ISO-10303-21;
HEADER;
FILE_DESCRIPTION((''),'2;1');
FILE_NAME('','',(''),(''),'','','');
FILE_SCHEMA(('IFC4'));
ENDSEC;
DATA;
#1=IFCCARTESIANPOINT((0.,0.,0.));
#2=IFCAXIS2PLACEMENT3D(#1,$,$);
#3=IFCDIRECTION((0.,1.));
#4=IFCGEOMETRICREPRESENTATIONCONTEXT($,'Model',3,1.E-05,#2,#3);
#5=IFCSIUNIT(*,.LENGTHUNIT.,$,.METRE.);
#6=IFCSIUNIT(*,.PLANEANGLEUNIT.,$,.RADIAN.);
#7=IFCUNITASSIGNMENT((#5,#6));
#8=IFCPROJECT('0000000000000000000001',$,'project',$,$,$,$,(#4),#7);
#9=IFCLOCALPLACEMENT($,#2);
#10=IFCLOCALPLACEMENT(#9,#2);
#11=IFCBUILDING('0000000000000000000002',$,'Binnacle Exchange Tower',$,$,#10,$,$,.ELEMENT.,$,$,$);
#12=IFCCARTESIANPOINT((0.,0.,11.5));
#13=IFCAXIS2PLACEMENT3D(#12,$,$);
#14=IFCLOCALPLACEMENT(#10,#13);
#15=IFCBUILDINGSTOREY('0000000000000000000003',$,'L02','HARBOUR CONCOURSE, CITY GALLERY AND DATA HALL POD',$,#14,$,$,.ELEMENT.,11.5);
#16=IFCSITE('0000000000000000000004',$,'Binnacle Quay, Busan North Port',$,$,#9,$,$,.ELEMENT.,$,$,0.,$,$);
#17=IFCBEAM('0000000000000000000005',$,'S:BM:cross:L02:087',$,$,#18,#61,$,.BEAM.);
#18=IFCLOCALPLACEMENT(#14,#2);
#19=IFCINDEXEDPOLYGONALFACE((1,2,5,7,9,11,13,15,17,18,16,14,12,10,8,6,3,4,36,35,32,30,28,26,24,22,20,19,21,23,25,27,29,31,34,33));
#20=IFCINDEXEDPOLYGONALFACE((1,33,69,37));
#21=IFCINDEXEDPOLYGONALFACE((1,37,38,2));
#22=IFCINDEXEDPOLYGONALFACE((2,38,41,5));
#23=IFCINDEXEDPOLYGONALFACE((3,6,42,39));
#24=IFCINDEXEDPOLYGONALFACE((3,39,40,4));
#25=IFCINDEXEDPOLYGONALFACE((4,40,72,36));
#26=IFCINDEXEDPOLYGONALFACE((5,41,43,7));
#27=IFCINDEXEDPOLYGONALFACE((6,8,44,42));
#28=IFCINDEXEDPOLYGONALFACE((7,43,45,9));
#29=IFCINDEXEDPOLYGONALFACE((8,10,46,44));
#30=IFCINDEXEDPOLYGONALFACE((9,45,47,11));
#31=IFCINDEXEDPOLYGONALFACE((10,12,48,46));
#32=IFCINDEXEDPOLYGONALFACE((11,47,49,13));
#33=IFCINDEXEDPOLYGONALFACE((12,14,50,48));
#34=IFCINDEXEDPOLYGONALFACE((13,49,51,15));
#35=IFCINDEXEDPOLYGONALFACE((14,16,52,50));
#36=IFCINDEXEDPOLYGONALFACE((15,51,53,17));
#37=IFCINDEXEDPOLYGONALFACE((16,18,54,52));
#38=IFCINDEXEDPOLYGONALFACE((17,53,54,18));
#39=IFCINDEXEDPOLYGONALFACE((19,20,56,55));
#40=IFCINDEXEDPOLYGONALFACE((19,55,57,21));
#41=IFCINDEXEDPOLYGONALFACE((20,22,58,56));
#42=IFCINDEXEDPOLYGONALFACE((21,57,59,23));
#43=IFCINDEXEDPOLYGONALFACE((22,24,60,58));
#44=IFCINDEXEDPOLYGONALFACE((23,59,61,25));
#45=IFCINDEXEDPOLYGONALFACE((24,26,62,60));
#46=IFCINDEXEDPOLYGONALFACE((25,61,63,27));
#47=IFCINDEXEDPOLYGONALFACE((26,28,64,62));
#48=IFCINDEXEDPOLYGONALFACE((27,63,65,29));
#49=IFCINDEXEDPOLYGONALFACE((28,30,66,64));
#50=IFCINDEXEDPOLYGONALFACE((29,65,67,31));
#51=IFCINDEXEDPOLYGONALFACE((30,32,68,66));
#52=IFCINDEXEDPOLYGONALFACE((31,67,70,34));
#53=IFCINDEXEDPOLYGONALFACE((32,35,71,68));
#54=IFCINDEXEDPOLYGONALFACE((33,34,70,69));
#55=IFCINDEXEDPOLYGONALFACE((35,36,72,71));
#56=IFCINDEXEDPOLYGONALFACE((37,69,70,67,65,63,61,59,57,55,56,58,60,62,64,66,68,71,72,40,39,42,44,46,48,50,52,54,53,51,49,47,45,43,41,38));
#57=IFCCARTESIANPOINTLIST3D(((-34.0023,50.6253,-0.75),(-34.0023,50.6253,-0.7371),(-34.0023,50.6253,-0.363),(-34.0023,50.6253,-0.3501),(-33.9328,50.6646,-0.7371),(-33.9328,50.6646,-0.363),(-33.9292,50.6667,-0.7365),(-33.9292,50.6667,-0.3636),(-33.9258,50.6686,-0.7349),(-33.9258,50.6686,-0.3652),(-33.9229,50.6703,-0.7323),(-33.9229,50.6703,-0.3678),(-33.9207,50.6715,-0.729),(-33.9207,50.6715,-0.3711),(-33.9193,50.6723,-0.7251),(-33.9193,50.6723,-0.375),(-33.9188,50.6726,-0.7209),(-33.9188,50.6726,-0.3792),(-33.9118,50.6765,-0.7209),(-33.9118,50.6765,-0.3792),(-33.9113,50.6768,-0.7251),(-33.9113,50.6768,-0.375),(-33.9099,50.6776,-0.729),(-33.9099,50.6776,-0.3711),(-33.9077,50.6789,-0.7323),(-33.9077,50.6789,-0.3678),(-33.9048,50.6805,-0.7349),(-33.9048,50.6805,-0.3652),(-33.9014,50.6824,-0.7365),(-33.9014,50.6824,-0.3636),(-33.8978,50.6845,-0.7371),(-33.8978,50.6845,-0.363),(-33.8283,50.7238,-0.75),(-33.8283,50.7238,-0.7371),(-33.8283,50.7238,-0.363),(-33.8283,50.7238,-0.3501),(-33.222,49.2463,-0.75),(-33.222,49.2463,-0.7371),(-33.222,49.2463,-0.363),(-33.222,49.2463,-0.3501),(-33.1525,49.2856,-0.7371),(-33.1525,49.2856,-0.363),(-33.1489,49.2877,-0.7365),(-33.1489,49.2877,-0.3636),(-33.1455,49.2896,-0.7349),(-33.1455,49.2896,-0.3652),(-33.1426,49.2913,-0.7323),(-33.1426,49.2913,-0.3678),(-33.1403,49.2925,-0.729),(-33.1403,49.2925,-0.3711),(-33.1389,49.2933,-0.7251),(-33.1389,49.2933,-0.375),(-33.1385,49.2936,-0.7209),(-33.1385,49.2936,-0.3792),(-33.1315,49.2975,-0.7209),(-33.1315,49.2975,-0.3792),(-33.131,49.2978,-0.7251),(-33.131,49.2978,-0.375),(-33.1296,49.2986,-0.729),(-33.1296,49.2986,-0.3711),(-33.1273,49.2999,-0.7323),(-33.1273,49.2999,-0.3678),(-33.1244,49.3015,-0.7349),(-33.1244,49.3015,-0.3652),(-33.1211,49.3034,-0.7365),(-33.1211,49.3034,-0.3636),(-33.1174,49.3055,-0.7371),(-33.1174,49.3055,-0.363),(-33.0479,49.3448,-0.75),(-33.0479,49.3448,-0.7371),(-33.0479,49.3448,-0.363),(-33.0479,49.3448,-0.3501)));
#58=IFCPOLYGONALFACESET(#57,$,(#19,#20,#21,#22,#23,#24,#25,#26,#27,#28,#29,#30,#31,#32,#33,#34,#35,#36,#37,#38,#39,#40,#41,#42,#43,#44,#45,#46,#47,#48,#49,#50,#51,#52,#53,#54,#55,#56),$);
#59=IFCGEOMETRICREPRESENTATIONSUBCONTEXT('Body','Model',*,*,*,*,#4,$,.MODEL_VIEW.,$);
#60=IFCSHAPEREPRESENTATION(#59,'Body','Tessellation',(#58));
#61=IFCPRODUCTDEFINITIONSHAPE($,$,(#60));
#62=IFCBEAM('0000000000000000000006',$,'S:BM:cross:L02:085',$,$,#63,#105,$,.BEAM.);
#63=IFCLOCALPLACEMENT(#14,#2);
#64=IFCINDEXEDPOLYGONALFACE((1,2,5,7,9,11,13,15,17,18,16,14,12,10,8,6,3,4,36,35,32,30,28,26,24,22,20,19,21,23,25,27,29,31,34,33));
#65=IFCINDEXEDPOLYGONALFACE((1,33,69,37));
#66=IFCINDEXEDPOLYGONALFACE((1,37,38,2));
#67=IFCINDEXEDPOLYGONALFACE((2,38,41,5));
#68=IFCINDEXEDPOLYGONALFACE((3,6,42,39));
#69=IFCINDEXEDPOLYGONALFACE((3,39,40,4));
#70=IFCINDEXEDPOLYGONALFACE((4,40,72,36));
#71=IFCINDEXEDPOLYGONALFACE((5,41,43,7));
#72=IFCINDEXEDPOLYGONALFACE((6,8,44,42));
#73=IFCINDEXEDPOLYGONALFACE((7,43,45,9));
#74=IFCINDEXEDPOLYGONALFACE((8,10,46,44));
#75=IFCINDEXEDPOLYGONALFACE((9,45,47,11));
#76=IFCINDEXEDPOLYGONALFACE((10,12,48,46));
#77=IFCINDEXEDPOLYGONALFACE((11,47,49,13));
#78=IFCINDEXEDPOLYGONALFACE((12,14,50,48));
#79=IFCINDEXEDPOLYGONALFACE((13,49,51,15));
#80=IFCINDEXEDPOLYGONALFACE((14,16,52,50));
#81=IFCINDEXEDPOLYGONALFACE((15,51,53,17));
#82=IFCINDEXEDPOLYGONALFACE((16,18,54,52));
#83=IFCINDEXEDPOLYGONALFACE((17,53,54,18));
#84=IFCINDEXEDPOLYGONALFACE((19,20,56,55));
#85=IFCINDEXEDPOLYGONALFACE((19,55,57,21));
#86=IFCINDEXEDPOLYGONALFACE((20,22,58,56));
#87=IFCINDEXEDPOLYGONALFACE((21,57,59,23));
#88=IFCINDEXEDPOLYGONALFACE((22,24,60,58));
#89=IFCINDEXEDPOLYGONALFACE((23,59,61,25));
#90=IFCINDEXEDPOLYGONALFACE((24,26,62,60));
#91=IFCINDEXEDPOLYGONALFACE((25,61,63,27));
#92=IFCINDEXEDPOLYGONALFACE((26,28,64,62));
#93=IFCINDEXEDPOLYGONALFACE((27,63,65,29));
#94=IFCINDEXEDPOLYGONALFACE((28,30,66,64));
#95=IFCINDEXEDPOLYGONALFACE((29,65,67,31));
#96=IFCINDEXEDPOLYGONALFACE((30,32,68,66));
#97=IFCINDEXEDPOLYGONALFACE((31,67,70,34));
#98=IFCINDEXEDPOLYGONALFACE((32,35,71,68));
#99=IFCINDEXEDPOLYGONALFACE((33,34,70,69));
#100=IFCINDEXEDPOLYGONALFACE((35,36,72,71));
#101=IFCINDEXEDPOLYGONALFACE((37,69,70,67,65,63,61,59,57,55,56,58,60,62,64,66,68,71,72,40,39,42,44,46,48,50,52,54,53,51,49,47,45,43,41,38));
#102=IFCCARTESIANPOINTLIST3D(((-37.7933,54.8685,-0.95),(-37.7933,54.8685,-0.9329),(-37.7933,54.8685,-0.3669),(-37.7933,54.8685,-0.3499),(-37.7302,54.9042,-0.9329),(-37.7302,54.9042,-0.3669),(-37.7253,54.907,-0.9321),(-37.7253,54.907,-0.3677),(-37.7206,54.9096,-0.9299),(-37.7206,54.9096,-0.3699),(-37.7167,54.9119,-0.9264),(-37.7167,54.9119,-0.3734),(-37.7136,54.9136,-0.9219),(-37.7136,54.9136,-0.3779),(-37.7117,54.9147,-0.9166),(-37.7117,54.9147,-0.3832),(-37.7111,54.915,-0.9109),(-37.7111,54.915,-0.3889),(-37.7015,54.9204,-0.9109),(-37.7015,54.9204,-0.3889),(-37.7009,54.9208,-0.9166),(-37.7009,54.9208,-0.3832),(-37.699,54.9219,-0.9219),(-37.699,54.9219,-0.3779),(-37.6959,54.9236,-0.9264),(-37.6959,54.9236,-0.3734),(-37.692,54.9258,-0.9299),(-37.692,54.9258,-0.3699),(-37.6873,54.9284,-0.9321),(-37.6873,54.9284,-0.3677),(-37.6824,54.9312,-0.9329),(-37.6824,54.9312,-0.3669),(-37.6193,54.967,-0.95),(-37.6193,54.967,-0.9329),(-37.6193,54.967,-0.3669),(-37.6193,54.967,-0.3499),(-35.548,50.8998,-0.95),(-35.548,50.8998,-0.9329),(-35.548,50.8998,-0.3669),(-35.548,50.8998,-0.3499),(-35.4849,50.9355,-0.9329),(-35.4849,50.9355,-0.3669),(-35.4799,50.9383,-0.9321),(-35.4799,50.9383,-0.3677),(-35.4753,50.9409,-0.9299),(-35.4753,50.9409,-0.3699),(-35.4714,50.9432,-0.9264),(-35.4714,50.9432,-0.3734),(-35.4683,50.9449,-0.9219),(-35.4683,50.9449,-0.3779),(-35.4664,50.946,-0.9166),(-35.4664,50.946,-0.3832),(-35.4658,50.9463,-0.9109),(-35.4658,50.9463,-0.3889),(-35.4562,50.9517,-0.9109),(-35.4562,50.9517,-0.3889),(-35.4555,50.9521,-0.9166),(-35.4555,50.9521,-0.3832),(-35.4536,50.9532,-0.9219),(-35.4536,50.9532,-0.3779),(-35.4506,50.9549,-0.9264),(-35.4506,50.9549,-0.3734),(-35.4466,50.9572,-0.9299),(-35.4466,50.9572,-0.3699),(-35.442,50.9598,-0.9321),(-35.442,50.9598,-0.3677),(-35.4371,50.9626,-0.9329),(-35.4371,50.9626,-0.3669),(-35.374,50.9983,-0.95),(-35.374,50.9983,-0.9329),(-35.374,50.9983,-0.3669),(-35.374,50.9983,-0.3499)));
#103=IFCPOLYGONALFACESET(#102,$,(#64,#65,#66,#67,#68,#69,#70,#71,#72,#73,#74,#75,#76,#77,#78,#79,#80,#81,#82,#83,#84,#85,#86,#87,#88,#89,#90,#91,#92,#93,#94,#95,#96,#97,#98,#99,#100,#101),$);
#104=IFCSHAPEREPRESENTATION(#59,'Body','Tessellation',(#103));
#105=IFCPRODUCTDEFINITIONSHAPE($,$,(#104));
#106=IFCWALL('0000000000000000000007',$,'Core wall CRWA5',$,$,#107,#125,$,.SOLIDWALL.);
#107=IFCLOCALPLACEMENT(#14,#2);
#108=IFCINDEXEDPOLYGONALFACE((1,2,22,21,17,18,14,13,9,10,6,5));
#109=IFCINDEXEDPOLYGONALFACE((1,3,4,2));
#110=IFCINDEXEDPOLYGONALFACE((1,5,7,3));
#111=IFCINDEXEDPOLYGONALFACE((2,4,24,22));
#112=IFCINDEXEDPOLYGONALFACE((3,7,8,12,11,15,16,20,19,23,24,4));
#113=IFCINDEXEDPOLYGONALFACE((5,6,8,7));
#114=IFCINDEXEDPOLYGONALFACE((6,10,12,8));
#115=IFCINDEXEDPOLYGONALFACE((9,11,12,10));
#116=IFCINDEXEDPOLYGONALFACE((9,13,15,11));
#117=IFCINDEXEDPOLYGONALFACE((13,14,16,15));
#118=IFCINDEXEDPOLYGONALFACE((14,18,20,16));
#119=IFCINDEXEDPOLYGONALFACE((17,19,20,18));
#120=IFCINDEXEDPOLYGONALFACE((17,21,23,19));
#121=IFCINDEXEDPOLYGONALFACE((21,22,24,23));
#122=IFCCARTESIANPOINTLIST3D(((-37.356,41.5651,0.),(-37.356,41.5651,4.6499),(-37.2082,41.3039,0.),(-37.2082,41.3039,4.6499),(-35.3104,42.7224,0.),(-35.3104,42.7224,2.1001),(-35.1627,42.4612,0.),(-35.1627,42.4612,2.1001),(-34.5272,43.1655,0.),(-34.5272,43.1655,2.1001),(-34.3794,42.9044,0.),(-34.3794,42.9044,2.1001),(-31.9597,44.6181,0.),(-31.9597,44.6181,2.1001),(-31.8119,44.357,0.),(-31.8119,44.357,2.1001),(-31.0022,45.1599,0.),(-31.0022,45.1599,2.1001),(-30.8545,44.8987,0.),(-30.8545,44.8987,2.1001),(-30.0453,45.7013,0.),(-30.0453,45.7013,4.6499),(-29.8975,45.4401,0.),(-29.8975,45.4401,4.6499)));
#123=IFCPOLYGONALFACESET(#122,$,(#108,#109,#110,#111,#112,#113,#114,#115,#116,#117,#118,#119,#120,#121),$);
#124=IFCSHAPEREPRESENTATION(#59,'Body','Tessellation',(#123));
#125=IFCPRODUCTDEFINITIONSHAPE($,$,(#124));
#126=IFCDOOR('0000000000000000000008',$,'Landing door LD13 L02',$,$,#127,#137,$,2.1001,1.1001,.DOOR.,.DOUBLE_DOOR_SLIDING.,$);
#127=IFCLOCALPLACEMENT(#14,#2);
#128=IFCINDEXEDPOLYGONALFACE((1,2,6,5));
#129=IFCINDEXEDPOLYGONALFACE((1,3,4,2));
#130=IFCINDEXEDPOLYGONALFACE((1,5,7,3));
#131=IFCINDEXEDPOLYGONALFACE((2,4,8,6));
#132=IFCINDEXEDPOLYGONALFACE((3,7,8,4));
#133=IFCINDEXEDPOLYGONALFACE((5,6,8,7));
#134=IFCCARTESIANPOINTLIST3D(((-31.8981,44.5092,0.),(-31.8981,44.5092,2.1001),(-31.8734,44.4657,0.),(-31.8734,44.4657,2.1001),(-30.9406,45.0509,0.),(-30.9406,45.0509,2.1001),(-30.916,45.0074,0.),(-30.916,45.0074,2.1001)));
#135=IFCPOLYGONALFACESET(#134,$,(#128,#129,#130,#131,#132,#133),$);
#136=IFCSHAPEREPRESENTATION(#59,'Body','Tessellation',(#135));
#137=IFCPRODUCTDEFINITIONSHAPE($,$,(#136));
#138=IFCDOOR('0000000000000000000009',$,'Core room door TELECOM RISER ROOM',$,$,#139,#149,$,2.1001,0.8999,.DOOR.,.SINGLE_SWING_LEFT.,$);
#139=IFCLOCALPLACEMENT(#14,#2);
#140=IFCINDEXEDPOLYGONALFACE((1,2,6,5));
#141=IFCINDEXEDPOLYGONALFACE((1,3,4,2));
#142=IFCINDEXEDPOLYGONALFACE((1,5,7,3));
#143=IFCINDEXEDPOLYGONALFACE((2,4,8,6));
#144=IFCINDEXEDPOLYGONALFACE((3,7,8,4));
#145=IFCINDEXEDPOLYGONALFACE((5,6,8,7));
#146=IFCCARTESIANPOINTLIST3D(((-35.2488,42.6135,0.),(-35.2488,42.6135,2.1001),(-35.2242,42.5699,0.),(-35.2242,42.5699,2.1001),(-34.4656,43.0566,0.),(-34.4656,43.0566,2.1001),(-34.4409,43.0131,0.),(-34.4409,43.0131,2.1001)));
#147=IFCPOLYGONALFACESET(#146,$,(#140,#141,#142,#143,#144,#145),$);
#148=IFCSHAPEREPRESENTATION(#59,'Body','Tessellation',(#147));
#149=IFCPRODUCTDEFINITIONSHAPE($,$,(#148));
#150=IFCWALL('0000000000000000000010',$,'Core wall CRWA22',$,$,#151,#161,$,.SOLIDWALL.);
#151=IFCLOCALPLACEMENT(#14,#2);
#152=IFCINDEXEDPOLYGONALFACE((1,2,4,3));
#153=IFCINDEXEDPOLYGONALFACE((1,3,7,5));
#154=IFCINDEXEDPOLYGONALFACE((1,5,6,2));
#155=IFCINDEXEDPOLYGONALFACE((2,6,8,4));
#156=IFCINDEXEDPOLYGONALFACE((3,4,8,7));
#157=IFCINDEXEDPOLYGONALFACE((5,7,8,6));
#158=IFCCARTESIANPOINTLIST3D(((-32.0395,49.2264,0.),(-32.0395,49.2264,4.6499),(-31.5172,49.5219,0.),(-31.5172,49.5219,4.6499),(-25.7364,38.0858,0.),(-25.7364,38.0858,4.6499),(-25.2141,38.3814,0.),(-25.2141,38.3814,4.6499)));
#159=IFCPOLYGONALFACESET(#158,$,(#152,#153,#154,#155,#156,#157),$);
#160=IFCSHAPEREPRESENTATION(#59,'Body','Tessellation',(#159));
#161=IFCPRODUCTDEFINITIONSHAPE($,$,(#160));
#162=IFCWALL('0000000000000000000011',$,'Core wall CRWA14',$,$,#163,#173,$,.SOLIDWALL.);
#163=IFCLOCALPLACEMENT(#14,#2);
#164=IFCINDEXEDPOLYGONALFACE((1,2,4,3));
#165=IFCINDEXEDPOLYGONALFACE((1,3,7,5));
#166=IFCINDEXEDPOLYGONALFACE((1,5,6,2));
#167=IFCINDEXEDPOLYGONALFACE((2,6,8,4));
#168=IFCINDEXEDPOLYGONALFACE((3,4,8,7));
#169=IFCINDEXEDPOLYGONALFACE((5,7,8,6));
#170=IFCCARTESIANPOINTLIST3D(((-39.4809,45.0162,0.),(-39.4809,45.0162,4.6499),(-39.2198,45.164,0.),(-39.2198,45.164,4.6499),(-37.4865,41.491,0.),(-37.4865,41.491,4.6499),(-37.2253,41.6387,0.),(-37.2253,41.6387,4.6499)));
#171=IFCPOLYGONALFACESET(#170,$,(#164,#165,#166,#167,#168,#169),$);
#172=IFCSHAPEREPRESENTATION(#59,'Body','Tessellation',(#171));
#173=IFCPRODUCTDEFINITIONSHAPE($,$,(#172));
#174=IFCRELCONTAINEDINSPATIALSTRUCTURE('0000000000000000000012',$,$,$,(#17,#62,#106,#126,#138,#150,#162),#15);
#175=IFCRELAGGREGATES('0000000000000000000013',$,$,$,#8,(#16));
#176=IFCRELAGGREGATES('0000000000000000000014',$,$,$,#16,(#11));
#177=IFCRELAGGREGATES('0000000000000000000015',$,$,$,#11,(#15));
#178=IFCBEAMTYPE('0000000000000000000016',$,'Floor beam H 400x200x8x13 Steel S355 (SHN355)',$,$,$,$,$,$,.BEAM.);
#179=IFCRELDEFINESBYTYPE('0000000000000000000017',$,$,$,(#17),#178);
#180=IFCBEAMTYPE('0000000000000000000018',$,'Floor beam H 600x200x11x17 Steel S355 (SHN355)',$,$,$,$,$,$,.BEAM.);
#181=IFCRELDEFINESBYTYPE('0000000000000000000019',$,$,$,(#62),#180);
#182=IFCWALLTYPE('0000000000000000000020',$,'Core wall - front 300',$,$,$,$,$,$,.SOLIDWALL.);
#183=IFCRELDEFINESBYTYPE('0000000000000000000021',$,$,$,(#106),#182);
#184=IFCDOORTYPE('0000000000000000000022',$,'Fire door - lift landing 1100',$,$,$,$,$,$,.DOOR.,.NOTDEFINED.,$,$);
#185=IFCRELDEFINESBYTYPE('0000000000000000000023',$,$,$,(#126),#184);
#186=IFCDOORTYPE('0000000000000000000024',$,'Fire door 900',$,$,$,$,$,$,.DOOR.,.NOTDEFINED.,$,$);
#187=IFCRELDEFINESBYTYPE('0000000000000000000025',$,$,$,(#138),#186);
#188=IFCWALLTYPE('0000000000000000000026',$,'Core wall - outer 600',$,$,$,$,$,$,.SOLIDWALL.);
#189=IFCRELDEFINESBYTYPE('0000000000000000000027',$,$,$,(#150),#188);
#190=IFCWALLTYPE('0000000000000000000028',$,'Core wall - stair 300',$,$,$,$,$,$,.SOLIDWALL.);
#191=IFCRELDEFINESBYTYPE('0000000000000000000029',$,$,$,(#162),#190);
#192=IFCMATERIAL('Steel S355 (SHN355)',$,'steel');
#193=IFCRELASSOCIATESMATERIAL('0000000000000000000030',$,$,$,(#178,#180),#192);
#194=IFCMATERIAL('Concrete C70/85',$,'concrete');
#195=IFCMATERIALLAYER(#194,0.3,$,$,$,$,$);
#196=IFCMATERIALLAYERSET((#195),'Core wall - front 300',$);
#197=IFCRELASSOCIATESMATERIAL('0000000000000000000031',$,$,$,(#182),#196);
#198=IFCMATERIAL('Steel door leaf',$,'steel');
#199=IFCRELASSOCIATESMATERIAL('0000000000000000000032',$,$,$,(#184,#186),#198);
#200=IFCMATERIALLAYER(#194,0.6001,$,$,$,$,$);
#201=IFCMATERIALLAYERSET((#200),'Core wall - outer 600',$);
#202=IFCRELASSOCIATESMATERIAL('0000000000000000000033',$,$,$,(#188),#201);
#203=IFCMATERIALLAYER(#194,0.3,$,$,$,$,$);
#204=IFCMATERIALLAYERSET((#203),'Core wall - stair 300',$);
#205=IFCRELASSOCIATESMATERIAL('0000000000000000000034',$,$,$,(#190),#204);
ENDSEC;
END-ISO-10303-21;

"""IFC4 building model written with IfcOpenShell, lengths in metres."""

from ifc_helpers import new_model, si_unit, direction, frame, frame_2d, origin, origin_2d, place, context, subcontext, project, spatial, rectangle, i_section, extrude, material, layer, layer_set, material_profile, profile_set, type_object, element, fill, save


model = new_model("IFC4")

# Units and contexts
model_context = context("Model", 3, precision=1e-05, world=origin(), true_north=direction((0.0, 1.0)))
body_context = subcontext(model_context, "Body", "Model", "MODEL_VIEW")
ifc_project = project(units=[si_unit("LENGTHUNIT", "METRE"), si_unit("PLANEANGLEUNIT", "RADIAN")], contexts=[model_context])

# Site, building, storey
site_placement = place(None, origin())
site = spatial("IfcSite", under=ifc_project, at=site_placement, Name="Binnacle Quay, Busan North Port", CompositionType="ELEMENT", RefElevation=0.0)
building_placement = place(site_placement, origin())
building = spatial("IfcBuilding", under=site, at=building_placement, Name="Binnacle Exchange Tower", CompositionType="ELEMENT")
storey_placement = place(building_placement, frame((0.0, 0.0, 11.5)))
storey = spatial("IfcBuildingStorey", under=building, at=storey_placement, Name="L02", Description="HARBOUR CONCOURSE, CITY GALLERY AND DATA HALL POD", CompositionType="ELEMENT", Elevation=11.5)

# Shared definitions
ifc_material_1 = material(Name="Concrete C70/85", Category="concrete")

# Beams
ifc_material_2 = material(Name="Steel S355 (SHN355)", Category="steel")
ifc_material_profile_1 = material_profile(ifc_material_2, i_section(OverallWidth=0.2, OverallDepth=0.3999, WebThickness=0.0081, FlangeThickness=0.0129, FilletRadius=0.0161, at=origin_2d()), Name="H 400x200x8x13")
ifc_profile_set_1 = profile_set([ifc_material_profile_1], Name="Steel S355 (SHN355)")
beam_type_1 = type_object("IfcBeamType", Name="Floor beam H 400x200x8x13 Steel S355 (SHN355)", PredefinedType="BEAM", material=ifc_profile_set_1)
beam_1_placement = place(storey_placement, frame((-33.9153, 50.6746, -0.55), z_axis=(0.492484, -0.870322, 0.0), x_axis=(0.870322, 0.492484, 0.0)))
element("IfcBeam", 1, at=beam_1_placement, inside=storey, type_object=beam_type_1, Name="S:BM:cross:L02:087", PredefinedType="BEAM", context=body_context, shape_type="SweptSolid", body=[
    extrude(i_section(OverallWidth=0.2, OverallDepth=0.3999, WebThickness=0.0081, FlangeThickness=0.0129, FilletRadius=0.0161, at=origin_2d()), origin(), (0.0, 0.0, 1.0), 1.5845),
])
ifc_material_profile_2 = material_profile(ifc_material_2, i_section(OverallWidth=0.2, OverallDepth=0.6001, WebThickness=0.011, FlangeThickness=0.0171, FilletRadius=0.022, at=origin_2d()), Name="H 600x200x11x17")
ifc_profile_set_2 = profile_set([ifc_material_profile_2], Name="Steel S355 (SHN355)")
beam_type_2 = type_object("IfcBeamType", Name="Floor beam H 600x200x11x17 Steel S355 (SHN355)", PredefinedType="BEAM", material=ifc_profile_set_2)
beam_2_placement = place(storey_placement, frame((-37.7063, 54.9177, -0.6499), z_axis=(0.492415, -0.87036, 0.0), x_axis=(0.87036, 0.492415, 0.0)))
element("IfcBeam", 2, at=beam_2_placement, inside=storey, type_object=beam_type_2, Name="S:BM:cross:L02:085", PredefinedType="BEAM", context=body_context, shape_type="SweptSolid", body=[
    extrude(i_section(OverallWidth=0.2, OverallDepth=0.6001, WebThickness=0.011, FlangeThickness=0.0171, FilletRadius=0.022, at=origin_2d()), origin(), (0.0, 0.0, 1.0), 4.5598),
])

# Wall, openings, doors
ifc_layer_1 = layer(ifc_material_1, 0.3)
ifc_layer_set_1 = layer_set([ifc_layer_1], Name="Core wall - front 300")
wall_type_1 = type_object("IfcWallType", Name="Core wall - front 300", PredefinedType="SOLIDWALL", material=ifc_layer_set_1)
wall_1_placement = place(storey_placement, frame((-37.282, 41.4346, 0.0), z_axis=(0.0, 0.0, 1.0), x_axis=(0.870357, 0.492422, 0.0)))
wall_1 = element("IfcWall", 3, at=wall_1_placement, inside=storey, type_object=wall_type_1, Name="Core wall CRWA5", PredefinedType="SOLIDWALL", context=body_context, shape_type="SweptSolid", body=[
    extrude(rectangle(XDim=8.3997, YDim=0.3, at=frame_2d((4.1997, 0.0))), origin(), (0.0, 0.0, 1.0), 4.6499),
])
opening_1_placement = place(wall_1_placement, frame((6.2, 0.0, 0.0)))
opening_1 = element("IfcOpeningElement", 4, at=opening_1_placement, cuts=wall_1, PredefinedType="OPENING", context=body_context, shape_type="SweptSolid", body=[
    extrude(rectangle(XDim=1.1001, YDim=2.1001, at=frame_2d((0.55, 1.05))), frame((0.0, 0.1599, 0.0), z_axis=(0.0, -1.0, 0.0), x_axis=(1.0, 0.0, 0.0)), (0.0, 0.0, 1.0), 0.3201),
])
opening_2_placement = place(wall_1_placement, frame((2.3501, 0.0, 0.0)))
opening_2 = element("IfcOpeningElement", 5, at=opening_2_placement, cuts=wall_1, PredefinedType="OPENING", context=body_context, shape_type="SweptSolid", body=[
    extrude(rectangle(XDim=0.8999, YDim=2.1001, at=frame_2d((0.45, 1.05))), frame((0.0, 0.1599, 0.0), z_axis=(0.0, -1.0, 0.0), x_axis=(1.0, 0.0, 0.0)), (0.0, 0.0, 1.0), 0.3201),
])
ifc_material_3 = material(Name="Steel door leaf", Category="steel")
door_type_1 = type_object("IfcDoorType", Name="Fire door - lift landing 1100", OperationType="NOTDEFINED", PredefinedType="DOOR", material=ifc_material_3)
door_1_placement = place(opening_1_placement, origin())
door_1 = element("IfcDoor", 6, at=door_1_placement, inside=storey, type_object=door_type_1, Name="Landing door LD13 L02", OperationType="DOUBLE_DOOR_SLIDING", OverallHeight=2.1001, OverallWidth=1.1001, PredefinedType="DOOR", context=body_context, shape_type="SweptSolid", body=[
    extrude(rectangle(XDim=1.1001, YDim=2.1001, at=frame_2d((0.55, 1.05))), frame((0.0, 0.0249, 0.0), z_axis=(0.0, -1.0, 0.0), x_axis=(1.0, 0.0, 0.0)), (0.0, 0.0, 1.0), 0.05),
])
fill(opening_1, door_1)
door_type_2 = type_object("IfcDoorType", Name="Fire door 900", OperationType="NOTDEFINED", PredefinedType="DOOR", material=ifc_material_3)
door_2_placement = place(opening_2_placement, origin())
door_2 = element("IfcDoor", 7, at=door_2_placement, inside=storey, type_object=door_type_2, Name="Core room door TELECOM RISER ROOM", OperationType="SINGLE_SWING_LEFT", OverallHeight=2.1001, OverallWidth=0.8999, PredefinedType="DOOR", context=body_context, shape_type="SweptSolid", body=[
    extrude(rectangle(XDim=0.8999, YDim=2.1001, at=frame_2d((0.45, 1.05))), frame((0.0, 0.0249, 0.0), z_axis=(0.0, -1.0, 0.0), x_axis=(1.0, 0.0, 0.0)), (0.0, 0.0, 1.0), 0.05),
])
fill(opening_2, door_2)

# Walls
ifc_layer_2 = layer(ifc_material_1, 0.6001)
ifc_layer_set_2 = layer_set([ifc_layer_2], Name="Core wall - outer 600")
wall_type_2 = type_object("IfcWallType", Name="Core wall - outer 600", PredefinedType="SOLIDWALL", material=ifc_layer_set_2)
wall_2_placement = place(storey_placement, frame((-31.7783, 49.374, 0.0), z_axis=(0.0, 0.0, 1.0), x_axis=(0.492433, -0.87035, 0.0)))
element("IfcWall", 8, at=wall_2_placement, inside=storey, type_object=wall_type_2, Name="Core wall CRWA22", PredefinedType="SOLIDWALL", context=body_context, shape_type="SweptSolid", body=[
    extrude(rectangle(XDim=12.8, YDim=0.6001, at=frame_2d((6.3999, 0.0))), origin(), (0.0, 0.0, 1.0), 4.6499),
])
ifc_layer_3 = layer(ifc_material_1, 0.3)
ifc_layer_set_3 = layer_set([ifc_layer_3], Name="Core wall - stair 300")
wall_type_3 = type_object("IfcWallType", Name="Core wall - stair 300", PredefinedType="SOLIDWALL", material=ifc_layer_set_3)
wall_3_placement = place(storey_placement, frame((-39.3503, 45.0901, 0.0), z_axis=(0.0, 0.0, 1.0), x_axis=(0.492415, -0.870361, 0.0)))
element("IfcWall", 9, at=wall_3_placement, inside=storey, type_object=wall_type_3, Name="Core wall CRWA14", PredefinedType="SOLIDWALL", context=body_context, shape_type="SweptSolid", body=[
    extrude(rectangle(XDim=4.0503, YDim=0.3, at=frame_2d((2.0251, 0.0))), origin(), (0.0, 0.0, 1.0), 4.6499),
])

save(model, "model.ifc")
